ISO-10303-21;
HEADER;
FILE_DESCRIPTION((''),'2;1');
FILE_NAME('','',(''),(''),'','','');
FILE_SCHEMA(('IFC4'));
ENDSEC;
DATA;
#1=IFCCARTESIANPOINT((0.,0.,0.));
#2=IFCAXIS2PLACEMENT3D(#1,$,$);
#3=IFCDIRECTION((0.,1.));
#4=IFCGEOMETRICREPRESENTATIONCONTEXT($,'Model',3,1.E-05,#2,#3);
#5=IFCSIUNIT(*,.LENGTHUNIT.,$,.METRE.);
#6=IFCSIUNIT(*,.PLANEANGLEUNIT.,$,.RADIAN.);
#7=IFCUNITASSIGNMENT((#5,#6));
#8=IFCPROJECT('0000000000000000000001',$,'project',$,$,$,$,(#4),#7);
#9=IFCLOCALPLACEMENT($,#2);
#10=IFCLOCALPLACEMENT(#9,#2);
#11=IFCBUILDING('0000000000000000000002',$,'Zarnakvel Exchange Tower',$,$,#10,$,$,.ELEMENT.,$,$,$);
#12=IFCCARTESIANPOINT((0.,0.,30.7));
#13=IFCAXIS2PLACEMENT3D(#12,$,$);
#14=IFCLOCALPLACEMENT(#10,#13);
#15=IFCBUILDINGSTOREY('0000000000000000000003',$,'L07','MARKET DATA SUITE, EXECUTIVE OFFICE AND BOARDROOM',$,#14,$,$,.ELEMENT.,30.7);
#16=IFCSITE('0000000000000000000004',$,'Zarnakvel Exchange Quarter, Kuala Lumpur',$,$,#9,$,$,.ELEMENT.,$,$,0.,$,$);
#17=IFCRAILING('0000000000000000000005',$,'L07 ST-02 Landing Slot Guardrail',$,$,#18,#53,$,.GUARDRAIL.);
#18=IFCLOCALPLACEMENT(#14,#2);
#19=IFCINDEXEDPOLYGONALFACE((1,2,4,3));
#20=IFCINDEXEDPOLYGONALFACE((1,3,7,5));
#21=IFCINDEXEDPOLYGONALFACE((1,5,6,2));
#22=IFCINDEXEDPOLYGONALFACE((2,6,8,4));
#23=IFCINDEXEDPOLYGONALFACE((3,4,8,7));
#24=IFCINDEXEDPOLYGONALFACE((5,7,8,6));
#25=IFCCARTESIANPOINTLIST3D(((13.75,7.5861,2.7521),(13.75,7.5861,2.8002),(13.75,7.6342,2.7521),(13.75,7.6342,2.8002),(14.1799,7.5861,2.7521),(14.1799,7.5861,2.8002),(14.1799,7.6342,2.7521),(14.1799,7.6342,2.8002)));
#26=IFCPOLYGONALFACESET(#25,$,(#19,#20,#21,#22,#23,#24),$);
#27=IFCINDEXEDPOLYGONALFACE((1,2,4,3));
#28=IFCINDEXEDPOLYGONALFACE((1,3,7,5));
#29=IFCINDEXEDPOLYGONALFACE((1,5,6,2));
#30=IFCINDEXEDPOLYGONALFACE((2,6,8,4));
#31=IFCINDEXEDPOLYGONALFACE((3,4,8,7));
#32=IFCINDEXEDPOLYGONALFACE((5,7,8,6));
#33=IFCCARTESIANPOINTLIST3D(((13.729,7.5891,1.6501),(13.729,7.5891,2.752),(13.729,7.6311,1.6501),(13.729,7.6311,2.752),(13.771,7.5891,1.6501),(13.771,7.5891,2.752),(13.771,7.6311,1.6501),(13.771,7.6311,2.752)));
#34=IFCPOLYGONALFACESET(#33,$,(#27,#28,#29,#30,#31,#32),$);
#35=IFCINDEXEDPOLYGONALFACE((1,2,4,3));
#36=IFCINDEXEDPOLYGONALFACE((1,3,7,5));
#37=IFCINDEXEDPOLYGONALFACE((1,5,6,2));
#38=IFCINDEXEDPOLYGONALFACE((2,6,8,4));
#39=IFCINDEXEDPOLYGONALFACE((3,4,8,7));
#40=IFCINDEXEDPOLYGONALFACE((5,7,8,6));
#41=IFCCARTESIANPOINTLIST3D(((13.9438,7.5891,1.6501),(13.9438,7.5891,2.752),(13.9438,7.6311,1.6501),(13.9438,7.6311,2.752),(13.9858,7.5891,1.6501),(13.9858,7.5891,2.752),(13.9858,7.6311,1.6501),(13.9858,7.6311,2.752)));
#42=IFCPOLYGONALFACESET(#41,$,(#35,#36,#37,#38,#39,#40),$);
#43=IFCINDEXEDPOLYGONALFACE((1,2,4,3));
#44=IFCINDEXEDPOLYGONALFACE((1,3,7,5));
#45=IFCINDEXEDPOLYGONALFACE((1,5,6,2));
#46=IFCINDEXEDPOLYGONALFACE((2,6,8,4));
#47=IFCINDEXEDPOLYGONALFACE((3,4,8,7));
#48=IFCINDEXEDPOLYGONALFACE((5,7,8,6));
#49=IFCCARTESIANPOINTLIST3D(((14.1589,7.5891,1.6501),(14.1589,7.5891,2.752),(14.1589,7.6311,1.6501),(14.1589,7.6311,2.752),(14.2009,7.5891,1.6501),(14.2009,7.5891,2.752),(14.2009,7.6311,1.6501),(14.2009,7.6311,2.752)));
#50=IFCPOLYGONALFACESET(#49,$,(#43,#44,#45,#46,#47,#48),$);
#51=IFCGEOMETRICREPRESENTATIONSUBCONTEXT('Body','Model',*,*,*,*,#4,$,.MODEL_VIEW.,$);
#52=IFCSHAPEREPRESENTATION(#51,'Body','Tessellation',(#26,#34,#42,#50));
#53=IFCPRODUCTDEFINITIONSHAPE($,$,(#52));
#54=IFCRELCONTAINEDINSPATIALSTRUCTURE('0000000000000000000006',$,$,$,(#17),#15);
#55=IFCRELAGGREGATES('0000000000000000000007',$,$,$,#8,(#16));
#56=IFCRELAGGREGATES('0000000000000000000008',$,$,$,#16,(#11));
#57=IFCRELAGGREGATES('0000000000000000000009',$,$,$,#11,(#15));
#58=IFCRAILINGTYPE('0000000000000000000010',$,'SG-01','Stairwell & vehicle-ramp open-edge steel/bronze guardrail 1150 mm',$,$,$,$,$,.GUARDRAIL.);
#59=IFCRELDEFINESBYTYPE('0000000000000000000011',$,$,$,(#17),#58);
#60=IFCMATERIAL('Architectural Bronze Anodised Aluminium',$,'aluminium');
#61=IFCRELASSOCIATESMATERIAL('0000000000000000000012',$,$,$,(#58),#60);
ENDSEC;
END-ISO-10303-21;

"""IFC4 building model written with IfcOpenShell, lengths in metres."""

from ifc_helpers import new_model, si_unit, direction, frame, origin, origin_2d, place, context, subcontext, project, spatial, rectangle, extrude, material, type_object, element, save


model = new_model("IFC4")

# Units and contexts
model_context = context("Model", 3, precision=1e-05, world=origin(), true_north=direction((0.0, 1.0)))
body_context = subcontext(model_context, "Body", "Model", "MODEL_VIEW")
ifc_project = project(units=[si_unit("LENGTHUNIT", "METRE"), si_unit("PLANEANGLEUNIT", "RADIAN")], contexts=[model_context])

# Site, building, storey
site_placement = place(None, origin())
site = spatial("IfcSite", under=ifc_project, at=site_placement, Name="Zarnakvel Exchange Quarter, Kuala Lumpur", CompositionType="ELEMENT", RefElevation=0.0)
building_placement = place(site_placement, origin())
building = spatial("IfcBuilding", under=site, at=building_placement, Name="Zarnakvel Exchange Tower", CompositionType="ELEMENT")
storey_placement = place(building_placement, frame((0.0, 0.0, 30.7)))
storey = spatial("IfcBuildingStorey", under=building, at=storey_placement, Name="L07", Description="MARKET DATA SUITE, EXECUTIVE OFFICE AND BOARDROOM", CompositionType="ELEMENT", Elevation=30.7)

# Shared definitions
ifc_material_1 = material(Name="Architectural Bronze Anodised Aluminium", Category="aluminium")

# Railing
railing_type_1 = type_object("IfcRailingType", Name="SG-01", Description="Stairwell & vehicle-ramp open-edge steel/bronze guardrail 1150 mm", PredefinedType="GUARDRAIL", material=ifc_material_1)
railing_1_placement = place(storey_placement, frame((13.75, 7.6101, 1.6501)))
element("IfcRailing", 1, at=railing_1_placement, inside=storey, type_object=railing_type_1, Name="L07 ST-02 Landing Slot Guardrail", PredefinedType="GUARDRAIL", context=body_context, shape_type="SweptSolid", body=[
    extrude(rectangle(XDim=0.0481, YDim=0.0481, at=origin_2d()), frame((0.0, 0.0, 1.126), z_axis=(1.0, 0.0, 0.0), x_axis=(0.0, 1.0, 0.0)), (0.0, 0.0, 1.0), 0.4299),
    extrude(rectangle(XDim=0.042, YDim=0.042, at=origin_2d()), origin(), (0.0, 0.0, 1.0), 1.1018),
    extrude(rectangle(XDim=0.042, YDim=0.042, at=origin_2d()), frame((0.2148, 0.0, 0.0)), (0.0, 0.0, 1.0), 1.1018),
    extrude(rectangle(XDim=0.042, YDim=0.042, at=origin_2d()), frame((0.4299, 0.0, 0.0)), (0.0, 0.0, 1.0), 1.1018),
])

save(model, "model.ifc")
